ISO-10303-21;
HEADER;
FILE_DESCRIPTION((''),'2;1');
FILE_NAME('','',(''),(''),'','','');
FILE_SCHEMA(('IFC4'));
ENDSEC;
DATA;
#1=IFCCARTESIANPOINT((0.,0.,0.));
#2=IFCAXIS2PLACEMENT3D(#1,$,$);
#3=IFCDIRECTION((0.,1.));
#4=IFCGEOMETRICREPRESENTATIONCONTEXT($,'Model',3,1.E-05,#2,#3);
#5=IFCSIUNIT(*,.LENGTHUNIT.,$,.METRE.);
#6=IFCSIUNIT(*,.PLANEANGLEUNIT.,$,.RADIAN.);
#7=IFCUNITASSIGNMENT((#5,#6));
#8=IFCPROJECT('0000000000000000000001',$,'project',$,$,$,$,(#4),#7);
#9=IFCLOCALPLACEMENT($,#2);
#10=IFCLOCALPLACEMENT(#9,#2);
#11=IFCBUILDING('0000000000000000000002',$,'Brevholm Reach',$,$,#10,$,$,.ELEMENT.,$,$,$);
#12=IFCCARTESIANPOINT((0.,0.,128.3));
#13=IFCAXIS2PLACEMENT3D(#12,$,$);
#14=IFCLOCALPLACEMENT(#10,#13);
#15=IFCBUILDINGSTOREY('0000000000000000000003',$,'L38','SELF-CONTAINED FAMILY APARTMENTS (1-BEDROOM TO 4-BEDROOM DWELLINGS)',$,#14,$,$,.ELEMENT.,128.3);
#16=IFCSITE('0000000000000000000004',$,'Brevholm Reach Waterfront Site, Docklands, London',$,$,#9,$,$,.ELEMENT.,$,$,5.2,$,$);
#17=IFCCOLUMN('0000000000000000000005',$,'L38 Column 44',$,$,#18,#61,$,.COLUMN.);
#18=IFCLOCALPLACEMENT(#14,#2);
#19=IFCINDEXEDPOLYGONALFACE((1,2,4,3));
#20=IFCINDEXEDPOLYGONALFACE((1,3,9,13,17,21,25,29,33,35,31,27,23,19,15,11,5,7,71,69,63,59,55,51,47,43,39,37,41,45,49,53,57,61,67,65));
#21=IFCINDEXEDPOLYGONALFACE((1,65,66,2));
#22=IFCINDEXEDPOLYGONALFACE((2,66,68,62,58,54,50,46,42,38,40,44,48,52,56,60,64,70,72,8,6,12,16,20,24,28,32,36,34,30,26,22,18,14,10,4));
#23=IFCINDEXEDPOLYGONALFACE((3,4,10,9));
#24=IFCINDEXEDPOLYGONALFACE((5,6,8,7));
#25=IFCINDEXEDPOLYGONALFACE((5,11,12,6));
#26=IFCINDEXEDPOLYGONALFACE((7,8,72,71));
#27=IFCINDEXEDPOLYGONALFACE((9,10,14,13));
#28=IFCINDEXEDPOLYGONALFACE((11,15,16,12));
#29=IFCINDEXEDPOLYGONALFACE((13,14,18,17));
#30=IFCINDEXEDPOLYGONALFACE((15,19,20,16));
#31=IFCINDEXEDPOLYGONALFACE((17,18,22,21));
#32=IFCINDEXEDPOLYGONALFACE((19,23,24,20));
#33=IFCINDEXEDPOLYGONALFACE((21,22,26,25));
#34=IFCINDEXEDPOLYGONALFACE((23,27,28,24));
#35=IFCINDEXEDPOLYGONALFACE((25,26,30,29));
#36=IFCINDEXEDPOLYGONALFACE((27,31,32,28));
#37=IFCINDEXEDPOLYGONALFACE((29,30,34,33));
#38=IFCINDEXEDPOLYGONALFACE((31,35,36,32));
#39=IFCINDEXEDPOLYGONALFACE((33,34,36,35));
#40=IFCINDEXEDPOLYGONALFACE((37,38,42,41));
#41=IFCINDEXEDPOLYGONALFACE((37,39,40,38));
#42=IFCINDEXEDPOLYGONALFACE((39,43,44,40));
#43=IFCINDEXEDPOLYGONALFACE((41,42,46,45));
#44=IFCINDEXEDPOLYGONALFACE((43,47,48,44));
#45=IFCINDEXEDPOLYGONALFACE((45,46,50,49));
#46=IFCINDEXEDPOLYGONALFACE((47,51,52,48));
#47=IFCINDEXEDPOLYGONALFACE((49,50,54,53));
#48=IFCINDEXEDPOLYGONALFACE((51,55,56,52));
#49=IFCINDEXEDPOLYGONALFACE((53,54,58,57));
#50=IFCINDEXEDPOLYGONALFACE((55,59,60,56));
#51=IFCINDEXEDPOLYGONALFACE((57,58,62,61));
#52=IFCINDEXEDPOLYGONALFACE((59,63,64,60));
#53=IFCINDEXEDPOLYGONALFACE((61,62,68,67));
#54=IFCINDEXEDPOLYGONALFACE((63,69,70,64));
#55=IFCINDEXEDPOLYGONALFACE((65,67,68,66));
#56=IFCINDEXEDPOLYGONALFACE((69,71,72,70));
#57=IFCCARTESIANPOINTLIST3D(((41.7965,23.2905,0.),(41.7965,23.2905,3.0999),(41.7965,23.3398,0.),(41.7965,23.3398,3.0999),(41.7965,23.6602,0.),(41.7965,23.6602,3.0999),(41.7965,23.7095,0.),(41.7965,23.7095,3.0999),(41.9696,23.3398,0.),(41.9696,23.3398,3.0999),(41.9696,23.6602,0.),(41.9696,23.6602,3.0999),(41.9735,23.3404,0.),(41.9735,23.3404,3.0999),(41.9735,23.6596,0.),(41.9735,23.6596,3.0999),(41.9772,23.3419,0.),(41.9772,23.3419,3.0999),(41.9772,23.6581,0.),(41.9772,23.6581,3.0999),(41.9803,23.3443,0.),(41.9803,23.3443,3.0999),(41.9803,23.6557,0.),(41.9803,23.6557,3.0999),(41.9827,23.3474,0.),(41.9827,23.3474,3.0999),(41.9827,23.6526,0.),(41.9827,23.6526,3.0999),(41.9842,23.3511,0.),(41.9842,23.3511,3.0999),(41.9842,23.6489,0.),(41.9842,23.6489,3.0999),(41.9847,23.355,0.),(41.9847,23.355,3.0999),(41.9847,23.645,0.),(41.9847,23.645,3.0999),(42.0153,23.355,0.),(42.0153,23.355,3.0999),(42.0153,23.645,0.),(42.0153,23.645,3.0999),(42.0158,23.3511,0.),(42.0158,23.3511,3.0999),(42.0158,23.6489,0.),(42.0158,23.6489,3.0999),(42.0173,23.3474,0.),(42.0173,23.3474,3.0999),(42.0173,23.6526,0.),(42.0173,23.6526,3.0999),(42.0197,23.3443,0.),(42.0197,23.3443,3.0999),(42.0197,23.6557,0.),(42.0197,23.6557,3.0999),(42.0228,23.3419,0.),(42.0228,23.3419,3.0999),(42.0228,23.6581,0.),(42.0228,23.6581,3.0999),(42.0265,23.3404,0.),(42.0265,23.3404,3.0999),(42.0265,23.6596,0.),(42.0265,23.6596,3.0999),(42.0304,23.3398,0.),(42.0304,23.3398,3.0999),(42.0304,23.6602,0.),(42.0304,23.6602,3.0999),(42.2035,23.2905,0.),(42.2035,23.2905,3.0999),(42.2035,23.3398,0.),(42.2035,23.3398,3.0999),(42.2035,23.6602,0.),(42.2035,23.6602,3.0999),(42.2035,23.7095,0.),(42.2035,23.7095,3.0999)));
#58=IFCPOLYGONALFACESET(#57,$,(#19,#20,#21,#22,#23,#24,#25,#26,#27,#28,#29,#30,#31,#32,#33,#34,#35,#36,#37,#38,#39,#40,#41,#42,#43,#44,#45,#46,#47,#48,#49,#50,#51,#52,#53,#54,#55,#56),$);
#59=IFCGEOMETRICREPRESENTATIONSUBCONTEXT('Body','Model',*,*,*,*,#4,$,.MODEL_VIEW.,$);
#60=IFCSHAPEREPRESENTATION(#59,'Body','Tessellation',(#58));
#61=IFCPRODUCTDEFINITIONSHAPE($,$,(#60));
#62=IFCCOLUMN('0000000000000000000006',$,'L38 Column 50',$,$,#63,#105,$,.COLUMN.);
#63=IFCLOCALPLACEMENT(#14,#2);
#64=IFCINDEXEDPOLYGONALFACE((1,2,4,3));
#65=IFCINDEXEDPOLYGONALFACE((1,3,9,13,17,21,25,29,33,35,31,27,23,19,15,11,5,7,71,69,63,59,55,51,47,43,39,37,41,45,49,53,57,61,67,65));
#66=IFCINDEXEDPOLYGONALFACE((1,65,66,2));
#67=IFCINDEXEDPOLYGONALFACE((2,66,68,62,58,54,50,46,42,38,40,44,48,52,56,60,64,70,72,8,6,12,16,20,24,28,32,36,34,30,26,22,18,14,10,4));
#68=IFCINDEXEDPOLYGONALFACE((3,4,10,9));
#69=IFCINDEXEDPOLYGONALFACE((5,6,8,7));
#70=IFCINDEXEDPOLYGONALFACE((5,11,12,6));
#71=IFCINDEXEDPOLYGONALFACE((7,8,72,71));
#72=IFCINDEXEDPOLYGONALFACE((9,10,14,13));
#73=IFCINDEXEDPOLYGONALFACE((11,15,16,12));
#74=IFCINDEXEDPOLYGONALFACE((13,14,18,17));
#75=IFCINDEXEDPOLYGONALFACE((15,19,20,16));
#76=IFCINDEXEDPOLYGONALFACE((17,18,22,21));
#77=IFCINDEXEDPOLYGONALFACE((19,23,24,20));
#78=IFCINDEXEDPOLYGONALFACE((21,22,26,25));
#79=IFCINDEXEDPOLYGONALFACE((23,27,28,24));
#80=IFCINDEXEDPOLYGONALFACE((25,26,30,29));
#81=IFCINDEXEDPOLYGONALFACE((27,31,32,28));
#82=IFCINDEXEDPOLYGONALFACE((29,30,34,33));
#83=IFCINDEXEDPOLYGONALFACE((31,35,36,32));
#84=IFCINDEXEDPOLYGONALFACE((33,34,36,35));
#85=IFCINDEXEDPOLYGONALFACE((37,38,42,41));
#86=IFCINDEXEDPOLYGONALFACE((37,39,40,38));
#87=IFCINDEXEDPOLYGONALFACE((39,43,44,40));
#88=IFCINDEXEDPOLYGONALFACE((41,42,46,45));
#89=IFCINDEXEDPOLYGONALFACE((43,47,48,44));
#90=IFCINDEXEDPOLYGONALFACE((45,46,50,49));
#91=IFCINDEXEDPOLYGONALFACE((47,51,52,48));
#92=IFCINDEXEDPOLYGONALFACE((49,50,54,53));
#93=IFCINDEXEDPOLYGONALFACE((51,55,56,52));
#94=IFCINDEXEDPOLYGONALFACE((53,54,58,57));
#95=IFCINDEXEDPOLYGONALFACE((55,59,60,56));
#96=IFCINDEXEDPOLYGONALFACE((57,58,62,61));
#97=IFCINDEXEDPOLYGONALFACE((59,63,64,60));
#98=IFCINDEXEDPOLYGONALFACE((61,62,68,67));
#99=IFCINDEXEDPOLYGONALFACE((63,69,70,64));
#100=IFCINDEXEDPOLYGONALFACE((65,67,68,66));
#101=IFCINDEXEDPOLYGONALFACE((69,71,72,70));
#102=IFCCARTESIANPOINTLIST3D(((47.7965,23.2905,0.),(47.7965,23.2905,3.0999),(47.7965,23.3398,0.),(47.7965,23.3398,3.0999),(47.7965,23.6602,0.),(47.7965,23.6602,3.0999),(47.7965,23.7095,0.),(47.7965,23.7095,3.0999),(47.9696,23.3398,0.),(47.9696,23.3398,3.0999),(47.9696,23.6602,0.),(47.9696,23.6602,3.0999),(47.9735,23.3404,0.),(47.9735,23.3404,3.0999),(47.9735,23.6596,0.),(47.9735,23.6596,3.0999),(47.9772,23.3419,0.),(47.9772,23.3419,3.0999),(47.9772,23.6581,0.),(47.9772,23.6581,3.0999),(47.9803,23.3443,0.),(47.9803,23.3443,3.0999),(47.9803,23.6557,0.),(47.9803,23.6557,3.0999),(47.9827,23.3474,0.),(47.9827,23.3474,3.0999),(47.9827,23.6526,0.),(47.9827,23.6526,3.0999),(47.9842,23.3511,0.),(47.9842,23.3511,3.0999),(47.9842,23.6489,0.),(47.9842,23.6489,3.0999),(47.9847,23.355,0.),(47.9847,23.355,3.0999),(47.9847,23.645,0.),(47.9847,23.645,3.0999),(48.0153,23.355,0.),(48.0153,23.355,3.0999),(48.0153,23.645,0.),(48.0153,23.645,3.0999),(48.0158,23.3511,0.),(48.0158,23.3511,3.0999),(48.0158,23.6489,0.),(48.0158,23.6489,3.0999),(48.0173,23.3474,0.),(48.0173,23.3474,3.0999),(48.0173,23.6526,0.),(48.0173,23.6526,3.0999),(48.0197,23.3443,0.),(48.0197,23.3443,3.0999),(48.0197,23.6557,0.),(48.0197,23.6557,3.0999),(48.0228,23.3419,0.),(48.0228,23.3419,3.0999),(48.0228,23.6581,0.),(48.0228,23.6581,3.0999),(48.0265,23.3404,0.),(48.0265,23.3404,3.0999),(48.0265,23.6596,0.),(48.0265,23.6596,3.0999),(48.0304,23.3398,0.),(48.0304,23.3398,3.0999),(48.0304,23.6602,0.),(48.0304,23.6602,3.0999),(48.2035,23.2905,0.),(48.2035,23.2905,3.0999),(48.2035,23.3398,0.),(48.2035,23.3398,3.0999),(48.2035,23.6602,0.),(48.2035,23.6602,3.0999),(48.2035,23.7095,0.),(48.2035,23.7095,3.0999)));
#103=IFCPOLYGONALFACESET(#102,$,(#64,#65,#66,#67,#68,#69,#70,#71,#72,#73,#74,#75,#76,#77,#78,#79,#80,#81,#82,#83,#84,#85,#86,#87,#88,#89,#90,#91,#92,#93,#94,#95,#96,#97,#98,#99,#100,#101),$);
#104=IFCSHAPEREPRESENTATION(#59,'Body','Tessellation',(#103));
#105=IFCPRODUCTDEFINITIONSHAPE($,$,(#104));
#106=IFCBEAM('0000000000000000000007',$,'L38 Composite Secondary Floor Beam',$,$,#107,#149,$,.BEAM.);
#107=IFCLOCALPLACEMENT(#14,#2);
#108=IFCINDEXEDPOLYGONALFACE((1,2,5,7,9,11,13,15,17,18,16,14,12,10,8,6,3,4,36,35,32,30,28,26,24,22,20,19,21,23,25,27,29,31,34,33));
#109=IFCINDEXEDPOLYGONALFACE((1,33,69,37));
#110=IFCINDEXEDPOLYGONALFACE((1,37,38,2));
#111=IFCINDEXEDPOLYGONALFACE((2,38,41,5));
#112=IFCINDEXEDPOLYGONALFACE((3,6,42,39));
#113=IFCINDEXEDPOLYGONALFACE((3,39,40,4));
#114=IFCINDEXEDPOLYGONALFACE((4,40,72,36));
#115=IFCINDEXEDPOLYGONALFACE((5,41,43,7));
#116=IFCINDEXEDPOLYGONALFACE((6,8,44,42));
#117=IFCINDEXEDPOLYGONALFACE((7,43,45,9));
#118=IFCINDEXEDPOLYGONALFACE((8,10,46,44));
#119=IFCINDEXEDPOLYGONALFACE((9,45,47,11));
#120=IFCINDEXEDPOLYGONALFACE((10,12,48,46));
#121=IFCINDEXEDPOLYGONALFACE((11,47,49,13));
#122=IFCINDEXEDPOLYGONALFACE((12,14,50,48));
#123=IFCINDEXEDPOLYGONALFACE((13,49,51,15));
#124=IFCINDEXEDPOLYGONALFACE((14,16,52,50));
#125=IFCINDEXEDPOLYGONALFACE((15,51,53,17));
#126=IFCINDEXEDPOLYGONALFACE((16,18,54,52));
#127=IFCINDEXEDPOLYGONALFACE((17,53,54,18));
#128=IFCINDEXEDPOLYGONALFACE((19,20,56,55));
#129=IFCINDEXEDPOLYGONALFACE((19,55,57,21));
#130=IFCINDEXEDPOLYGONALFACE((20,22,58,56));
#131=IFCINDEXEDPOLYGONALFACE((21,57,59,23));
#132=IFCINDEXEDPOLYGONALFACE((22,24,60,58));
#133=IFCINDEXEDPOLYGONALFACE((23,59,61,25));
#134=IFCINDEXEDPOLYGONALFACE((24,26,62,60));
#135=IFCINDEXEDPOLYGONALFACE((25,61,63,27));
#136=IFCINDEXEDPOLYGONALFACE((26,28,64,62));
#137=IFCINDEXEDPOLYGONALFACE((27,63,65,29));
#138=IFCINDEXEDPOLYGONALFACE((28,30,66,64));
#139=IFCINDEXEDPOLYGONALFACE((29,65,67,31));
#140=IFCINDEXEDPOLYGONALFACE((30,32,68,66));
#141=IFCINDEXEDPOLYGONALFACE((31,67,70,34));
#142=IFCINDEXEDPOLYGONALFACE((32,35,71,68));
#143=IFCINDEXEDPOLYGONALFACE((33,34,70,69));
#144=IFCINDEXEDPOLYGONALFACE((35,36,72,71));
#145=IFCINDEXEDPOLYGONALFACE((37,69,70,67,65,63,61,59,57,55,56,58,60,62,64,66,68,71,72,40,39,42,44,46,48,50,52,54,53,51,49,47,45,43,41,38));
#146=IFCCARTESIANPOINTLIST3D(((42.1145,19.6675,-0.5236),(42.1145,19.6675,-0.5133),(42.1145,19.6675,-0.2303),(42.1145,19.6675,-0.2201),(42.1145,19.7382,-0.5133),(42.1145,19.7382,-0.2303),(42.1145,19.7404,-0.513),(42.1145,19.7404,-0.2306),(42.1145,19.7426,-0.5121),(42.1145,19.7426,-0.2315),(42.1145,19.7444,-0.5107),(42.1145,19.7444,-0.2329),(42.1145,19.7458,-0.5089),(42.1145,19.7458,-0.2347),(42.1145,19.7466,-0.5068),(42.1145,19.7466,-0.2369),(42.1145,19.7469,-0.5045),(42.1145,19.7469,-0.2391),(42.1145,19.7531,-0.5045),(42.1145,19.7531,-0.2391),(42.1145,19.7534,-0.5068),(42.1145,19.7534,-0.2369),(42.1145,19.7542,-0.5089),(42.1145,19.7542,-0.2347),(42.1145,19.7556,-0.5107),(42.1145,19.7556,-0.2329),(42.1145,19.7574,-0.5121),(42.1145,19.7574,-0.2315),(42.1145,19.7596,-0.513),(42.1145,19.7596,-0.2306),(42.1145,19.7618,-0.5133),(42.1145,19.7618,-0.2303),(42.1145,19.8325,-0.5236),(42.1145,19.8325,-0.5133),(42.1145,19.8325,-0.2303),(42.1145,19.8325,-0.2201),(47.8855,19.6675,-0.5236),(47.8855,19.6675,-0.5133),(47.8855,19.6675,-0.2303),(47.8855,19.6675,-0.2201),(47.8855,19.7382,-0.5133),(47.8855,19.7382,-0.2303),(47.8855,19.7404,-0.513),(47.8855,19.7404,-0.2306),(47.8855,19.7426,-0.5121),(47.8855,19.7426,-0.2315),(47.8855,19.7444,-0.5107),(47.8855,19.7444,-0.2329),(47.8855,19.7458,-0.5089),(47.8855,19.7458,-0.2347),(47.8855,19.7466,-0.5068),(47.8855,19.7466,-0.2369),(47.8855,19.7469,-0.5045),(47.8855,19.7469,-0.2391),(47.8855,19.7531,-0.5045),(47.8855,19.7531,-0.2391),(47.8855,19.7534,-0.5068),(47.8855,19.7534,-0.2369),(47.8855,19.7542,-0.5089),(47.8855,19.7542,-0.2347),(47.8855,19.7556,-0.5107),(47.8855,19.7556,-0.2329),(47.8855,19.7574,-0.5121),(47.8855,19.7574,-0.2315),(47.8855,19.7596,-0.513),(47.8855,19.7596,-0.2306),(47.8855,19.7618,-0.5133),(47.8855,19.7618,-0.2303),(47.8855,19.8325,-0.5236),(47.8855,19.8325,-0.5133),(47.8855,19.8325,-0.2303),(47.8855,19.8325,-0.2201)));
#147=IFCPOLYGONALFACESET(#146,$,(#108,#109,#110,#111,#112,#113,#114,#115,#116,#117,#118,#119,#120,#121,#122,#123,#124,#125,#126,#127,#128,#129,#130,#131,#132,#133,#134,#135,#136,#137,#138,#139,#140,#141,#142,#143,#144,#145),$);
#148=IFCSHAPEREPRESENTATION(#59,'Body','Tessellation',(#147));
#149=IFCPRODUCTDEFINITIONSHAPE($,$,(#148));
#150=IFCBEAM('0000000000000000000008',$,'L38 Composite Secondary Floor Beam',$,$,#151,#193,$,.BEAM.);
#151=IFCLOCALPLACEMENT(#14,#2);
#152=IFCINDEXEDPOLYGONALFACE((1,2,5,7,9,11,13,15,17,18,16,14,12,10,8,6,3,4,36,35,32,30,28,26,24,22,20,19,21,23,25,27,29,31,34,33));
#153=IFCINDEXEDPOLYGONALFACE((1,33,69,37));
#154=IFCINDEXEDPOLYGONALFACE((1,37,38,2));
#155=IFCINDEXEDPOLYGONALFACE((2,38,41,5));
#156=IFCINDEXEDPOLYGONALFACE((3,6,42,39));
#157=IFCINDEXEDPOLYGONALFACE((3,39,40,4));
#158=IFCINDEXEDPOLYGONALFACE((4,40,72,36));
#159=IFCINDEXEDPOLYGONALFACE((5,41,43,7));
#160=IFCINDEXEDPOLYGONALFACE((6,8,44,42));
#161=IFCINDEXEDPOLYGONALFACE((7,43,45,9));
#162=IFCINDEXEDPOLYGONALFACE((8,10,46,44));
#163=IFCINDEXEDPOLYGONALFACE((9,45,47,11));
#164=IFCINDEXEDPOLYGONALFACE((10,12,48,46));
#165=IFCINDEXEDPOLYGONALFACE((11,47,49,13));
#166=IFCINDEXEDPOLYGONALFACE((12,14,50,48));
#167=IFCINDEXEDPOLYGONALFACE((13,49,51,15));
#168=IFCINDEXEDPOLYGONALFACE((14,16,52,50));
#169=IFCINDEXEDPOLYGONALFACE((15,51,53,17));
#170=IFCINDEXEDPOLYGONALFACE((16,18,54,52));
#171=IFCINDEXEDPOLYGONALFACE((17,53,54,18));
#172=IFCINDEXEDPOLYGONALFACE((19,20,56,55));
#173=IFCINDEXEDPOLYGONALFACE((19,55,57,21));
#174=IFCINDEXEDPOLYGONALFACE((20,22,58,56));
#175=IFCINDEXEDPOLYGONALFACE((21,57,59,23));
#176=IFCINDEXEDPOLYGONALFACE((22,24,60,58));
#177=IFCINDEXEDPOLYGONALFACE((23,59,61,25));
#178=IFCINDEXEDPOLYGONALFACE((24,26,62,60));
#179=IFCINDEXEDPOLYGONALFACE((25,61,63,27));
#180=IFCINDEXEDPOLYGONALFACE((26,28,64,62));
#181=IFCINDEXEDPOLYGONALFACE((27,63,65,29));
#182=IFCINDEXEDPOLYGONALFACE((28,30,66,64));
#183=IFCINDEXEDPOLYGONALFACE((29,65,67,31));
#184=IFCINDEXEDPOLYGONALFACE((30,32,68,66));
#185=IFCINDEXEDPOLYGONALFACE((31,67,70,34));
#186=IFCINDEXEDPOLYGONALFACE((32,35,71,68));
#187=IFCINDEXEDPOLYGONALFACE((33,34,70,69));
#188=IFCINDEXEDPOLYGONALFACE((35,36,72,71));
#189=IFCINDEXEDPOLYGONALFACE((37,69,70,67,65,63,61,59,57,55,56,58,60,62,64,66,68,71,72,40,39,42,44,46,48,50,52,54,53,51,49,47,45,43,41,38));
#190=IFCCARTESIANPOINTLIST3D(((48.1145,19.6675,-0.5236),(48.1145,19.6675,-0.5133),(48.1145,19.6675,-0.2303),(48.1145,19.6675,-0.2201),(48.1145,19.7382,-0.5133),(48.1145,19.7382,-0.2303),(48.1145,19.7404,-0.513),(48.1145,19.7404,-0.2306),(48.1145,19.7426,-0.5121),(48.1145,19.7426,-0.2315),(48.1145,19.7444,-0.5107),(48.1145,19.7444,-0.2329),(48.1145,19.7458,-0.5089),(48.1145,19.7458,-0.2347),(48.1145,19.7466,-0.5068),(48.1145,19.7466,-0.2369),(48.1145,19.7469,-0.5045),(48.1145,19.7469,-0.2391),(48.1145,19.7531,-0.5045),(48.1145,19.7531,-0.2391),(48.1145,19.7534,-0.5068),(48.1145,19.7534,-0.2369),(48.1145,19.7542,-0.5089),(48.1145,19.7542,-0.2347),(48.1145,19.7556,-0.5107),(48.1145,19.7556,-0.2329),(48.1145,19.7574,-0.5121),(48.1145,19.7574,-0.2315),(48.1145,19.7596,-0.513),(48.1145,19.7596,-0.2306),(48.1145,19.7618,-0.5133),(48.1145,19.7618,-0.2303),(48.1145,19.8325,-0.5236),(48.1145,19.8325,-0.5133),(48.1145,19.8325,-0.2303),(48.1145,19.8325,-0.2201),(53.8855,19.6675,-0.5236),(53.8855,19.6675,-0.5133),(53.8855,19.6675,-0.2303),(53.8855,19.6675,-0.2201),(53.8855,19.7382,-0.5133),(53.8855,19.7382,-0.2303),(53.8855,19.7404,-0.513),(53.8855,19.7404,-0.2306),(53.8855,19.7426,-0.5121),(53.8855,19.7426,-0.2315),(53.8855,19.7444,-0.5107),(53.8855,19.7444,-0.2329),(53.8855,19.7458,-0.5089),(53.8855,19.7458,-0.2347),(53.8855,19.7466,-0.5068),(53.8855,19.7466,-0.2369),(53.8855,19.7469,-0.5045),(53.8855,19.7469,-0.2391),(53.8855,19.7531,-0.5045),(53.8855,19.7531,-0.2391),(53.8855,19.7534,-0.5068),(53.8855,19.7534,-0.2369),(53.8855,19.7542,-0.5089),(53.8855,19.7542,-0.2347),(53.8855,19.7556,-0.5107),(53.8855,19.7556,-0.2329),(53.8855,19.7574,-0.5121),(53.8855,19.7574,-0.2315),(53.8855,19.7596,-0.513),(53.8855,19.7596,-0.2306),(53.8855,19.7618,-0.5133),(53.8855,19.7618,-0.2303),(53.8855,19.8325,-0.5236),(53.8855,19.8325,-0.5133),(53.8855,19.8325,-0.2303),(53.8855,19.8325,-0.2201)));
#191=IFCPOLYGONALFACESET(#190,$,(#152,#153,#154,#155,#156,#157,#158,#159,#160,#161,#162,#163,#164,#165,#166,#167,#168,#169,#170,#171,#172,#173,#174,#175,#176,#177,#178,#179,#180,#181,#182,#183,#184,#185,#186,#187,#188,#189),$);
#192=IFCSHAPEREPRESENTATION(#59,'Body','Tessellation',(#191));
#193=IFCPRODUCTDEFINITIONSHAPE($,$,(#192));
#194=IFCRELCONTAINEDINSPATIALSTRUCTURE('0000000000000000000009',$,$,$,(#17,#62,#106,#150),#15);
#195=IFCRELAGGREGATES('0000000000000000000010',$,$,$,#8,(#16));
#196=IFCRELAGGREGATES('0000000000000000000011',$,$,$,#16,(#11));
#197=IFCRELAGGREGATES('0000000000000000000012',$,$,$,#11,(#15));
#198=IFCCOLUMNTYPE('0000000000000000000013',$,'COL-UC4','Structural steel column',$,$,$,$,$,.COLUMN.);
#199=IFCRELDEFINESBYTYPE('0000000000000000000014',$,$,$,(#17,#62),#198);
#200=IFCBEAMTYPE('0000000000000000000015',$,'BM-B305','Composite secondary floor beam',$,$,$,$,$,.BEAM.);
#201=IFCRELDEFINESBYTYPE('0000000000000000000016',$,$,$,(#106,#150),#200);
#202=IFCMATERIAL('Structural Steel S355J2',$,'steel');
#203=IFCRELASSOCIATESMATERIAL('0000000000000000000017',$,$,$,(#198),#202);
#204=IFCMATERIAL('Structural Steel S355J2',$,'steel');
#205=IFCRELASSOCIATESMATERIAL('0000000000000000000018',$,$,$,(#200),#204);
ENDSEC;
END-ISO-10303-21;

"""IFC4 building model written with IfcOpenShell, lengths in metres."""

from ifc_helpers import new_model, si_unit, direction, frame, origin, origin_2d, place, context, subcontext, project, spatial, i_section, extrude, material, material_profile, profile_set, type_object, element, save


model = new_model("IFC4")

# Units and contexts
model_context = context("Model", 3, precision=1e-05, world=origin(), true_north=direction((0.0, 1.0)))
body_context = subcontext(model_context, "Body", "Model", "MODEL_VIEW")
ifc_project = project(units=[si_unit("LENGTHUNIT", "METRE"), si_unit("PLANEANGLEUNIT", "RADIAN")], contexts=[model_context])

# Site, building, storey
site_placement = place(None, origin())
site = spatial("IfcSite", under=ifc_project, at=site_placement, Name="Brevholm Reach Waterfront Site, Docklands, London", CompositionType="ELEMENT", RefElevation=5.2)
building_placement = place(site_placement, origin())
building = spatial("IfcBuilding", under=site, at=building_placement, Name="Brevholm Reach", CompositionType="ELEMENT")
storey_placement = place(building_placement, frame((0.0, 0.0, 128.3)))
storey = spatial("IfcBuildingStorey", under=building, at=storey_placement, Name="L38", Description="SELF-CONTAINED FAMILY APARTMENTS (1-BEDROOM TO 4-BEDROOM DWELLINGS)", CompositionType="ELEMENT", Elevation=128.3)

# Columns
ifc_material_1 = material(Name="Structural Steel S355J2", Category="steel")
ifc_material_profile_1 = material_profile(ifc_material_1, i_section(OverallWidth=0.407, OverallDepth=0.4189, WebThickness=0.0305, FlangeThickness=0.0493, FilletRadius=0.0151, at=origin_2d()), Name="UKC 356x406x393")
ifc_profile_set_1 = profile_set([ifc_material_profile_1], Name="Structural Steel S355J2")
column_type = type_object("IfcColumnType", Name="COL-UC4", Description="Structural steel column", PredefinedType="COLUMN", material=ifc_profile_set_1)
for number, where, z_axis, x_axis, name in (
    (1, (42.0, 23.5, 0.0), (0.0, 0.0, 1.0), (1.0, 0.0, 0.0), "L38 Column 44"),
    (2, (48.0, 23.5, 0.0), (0.0, 0.0, 1.0), (1.0, 0.0, 0.0), "L38 Column 50"),
):
    element("IfcColumn", number, at=place(storey_placement, frame(where, z_axis=z_axis, x_axis=x_axis)), inside=storey, type_object=column_type, Name=name, PredefinedType="COLUMN", context=body_context, shape_type="SweptSolid", body=[
        extrude(i_section(OverallWidth=0.407, OverallDepth=0.4189, WebThickness=0.0305, FlangeThickness=0.0493, FilletRadius=0.0151, at=origin_2d()), origin(), (0.0, 0.0, 1.0), 3.0999),
    ])

# Beams
ifc_material_2 = material(Name="Structural Steel S355J2", Category="steel")
ifc_material_profile_2 = material_profile(ifc_material_2, i_section(OverallWidth=0.165, OverallDepth=0.3035, WebThickness=0.0061, FlangeThickness=0.0103, FilletRadius=0.0088, at=origin_2d()), Name="UKB 305x165x40")
ifc_profile_set_2 = profile_set([ifc_material_profile_2], Name="Structural Steel S355J2")
beam_type_1 = type_object("IfcBeamType", Name="BM-B305", Description="Composite secondary floor beam", PredefinedType="BEAM", material=ifc_profile_set_2)
for number, where, z_axis, x_axis, name in (
    (3, (42.1145, 19.75, -0.3718), (1.0, 0.0, 0.0), (0.0, 1.0, 0.0), "L38 Composite Secondary Floor Beam"),
    (4, (48.1145, 19.75, -0.3718), (1.0, 0.0, 0.0), (0.0, 1.0, 0.0), "L38 Composite Secondary Floor Beam"),
):
    element("IfcBeam", number, at=place(storey_placement, frame(where, z_axis=z_axis, x_axis=x_axis)), inside=storey, type_object=beam_type_1, Name=name, PredefinedType="BEAM", context=body_context, shape_type="SweptSolid", body=[
        extrude(i_section(OverallWidth=0.165, OverallDepth=0.3035, WebThickness=0.0061, FlangeThickness=0.0103, FilletRadius=0.0088, at=origin_2d()), origin(), (0.0, 0.0, 1.0), 5.771),
    ])

save(model, "model.ifc")
